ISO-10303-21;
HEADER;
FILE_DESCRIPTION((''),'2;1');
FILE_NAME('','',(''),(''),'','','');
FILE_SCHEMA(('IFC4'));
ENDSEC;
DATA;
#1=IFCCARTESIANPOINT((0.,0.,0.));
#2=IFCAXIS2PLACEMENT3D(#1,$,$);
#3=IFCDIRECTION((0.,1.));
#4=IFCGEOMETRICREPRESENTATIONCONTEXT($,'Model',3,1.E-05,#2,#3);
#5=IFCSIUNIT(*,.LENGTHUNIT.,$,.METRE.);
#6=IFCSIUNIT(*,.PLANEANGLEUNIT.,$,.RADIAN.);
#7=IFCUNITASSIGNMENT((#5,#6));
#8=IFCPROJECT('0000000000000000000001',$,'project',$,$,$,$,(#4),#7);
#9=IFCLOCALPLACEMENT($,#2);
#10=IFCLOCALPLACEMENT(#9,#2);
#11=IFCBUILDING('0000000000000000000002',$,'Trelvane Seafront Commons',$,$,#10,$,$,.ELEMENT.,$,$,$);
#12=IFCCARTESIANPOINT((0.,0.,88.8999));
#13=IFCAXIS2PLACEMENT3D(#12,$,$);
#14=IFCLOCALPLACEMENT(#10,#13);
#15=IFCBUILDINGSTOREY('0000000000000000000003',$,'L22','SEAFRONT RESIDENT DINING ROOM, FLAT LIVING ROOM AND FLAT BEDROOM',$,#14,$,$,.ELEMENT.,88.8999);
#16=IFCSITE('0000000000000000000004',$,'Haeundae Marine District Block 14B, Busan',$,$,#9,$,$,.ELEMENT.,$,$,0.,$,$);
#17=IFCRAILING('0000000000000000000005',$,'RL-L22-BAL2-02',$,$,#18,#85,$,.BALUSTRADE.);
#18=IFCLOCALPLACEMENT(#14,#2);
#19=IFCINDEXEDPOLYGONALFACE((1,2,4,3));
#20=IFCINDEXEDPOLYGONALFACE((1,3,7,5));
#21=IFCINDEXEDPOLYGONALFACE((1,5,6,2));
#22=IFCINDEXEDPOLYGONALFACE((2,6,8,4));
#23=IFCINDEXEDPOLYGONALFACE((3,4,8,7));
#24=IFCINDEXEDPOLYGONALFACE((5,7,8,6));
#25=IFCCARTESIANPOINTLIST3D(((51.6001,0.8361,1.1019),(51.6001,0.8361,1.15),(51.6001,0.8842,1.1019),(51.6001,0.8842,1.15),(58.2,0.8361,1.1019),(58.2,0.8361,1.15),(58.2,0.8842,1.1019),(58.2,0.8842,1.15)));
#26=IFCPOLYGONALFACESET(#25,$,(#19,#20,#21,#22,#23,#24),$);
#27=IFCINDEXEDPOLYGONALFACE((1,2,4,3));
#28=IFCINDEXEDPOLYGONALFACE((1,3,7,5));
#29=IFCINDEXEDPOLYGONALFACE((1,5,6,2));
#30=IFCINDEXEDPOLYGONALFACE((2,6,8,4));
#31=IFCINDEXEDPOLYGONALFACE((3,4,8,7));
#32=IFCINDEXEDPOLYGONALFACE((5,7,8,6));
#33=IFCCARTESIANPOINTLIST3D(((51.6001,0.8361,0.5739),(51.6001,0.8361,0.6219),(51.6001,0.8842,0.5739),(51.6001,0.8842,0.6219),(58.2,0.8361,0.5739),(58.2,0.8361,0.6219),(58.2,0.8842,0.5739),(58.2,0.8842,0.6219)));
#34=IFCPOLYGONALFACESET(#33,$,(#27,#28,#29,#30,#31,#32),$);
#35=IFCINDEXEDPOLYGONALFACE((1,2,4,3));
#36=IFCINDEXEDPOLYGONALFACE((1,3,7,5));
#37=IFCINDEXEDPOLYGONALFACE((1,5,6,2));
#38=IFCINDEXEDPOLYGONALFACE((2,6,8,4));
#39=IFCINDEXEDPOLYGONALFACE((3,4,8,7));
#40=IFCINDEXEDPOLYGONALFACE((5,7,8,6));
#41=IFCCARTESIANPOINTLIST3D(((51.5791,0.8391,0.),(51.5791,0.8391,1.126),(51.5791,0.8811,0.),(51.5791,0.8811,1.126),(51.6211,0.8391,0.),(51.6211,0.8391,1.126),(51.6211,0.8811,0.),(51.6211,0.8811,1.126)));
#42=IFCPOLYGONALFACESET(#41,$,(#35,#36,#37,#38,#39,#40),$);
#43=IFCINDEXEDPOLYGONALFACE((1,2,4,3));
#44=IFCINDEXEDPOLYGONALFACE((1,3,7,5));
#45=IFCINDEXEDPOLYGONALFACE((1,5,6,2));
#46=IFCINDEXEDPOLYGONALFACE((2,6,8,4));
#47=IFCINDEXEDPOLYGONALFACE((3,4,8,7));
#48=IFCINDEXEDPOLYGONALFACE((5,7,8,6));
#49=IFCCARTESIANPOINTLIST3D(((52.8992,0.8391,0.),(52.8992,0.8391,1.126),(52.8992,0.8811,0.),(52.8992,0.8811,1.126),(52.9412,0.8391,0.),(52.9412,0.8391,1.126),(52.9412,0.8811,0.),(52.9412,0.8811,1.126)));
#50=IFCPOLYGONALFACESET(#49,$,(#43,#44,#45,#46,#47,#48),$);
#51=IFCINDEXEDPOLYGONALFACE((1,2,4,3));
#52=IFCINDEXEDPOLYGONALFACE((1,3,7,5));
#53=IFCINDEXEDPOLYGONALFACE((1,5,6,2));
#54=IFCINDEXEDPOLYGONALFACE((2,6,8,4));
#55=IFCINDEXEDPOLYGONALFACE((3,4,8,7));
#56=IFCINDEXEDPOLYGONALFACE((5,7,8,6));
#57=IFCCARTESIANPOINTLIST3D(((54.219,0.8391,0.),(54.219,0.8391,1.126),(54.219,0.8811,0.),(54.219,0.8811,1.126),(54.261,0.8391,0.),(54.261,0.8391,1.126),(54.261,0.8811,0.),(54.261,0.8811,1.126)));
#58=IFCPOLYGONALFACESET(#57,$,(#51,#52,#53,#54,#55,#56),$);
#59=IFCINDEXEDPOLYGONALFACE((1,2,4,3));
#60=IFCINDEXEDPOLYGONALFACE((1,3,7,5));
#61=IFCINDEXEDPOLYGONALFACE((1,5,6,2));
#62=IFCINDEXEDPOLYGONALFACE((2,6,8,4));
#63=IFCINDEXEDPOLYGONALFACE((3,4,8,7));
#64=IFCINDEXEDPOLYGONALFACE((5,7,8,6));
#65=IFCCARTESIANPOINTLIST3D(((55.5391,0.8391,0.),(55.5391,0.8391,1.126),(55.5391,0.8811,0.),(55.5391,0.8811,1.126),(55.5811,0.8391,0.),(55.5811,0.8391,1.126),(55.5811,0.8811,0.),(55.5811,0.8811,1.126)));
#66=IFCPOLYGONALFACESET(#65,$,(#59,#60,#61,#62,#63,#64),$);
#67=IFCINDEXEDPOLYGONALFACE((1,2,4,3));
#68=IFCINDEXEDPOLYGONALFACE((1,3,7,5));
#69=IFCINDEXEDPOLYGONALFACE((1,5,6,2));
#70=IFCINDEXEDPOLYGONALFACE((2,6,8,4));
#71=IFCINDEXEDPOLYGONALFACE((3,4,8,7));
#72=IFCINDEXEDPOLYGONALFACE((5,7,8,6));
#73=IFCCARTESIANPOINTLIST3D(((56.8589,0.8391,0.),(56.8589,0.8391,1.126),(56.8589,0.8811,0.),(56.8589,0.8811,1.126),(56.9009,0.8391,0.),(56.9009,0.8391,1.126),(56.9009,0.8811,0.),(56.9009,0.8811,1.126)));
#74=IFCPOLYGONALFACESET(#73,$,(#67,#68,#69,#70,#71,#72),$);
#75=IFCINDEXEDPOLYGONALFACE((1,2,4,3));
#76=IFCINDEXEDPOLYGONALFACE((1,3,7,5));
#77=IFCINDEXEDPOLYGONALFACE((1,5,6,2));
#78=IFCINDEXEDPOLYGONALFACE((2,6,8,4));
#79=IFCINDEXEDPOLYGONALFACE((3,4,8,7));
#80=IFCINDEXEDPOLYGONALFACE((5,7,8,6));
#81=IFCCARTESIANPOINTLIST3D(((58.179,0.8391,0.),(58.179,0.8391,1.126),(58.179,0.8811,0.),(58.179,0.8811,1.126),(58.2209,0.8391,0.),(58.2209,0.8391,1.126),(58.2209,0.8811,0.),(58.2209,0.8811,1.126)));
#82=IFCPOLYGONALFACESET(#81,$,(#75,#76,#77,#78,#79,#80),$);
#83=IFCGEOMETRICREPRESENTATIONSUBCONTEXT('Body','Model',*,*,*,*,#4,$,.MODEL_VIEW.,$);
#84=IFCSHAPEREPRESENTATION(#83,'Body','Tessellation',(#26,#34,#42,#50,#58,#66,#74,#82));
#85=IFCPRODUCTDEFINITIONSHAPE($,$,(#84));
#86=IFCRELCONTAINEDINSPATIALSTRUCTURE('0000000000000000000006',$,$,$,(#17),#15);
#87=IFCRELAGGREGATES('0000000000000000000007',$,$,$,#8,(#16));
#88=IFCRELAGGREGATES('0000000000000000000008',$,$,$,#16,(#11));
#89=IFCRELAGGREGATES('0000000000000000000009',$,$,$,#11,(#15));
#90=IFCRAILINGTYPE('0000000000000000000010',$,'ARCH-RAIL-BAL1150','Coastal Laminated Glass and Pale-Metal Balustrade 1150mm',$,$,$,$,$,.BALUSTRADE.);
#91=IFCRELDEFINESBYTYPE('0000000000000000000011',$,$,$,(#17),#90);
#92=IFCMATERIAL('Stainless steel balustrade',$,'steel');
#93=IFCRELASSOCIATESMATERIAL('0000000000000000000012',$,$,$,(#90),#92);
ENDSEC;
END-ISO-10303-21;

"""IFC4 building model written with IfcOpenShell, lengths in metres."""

from ifc_helpers import new_model, si_unit, direction, frame, origin, origin_2d, place, context, subcontext, project, spatial, rectangle, extrude, material, type_object, element, save


model = new_model("IFC4")

# Units and contexts
model_context = context("Model", 3, precision=1e-05, world=origin(), true_north=direction((0.0, 1.0)))
body_context = subcontext(model_context, "Body", "Model", "MODEL_VIEW")
ifc_project = project(units=[si_unit("LENGTHUNIT", "METRE"), si_unit("PLANEANGLEUNIT", "RADIAN")], contexts=[model_context])

# Site, building, storey
site_placement = place(None, origin())
site = spatial("IfcSite", under=ifc_project, at=site_placement, Name="Haeundae Marine District Block 14B, Busan", CompositionType="ELEMENT", RefElevation=0.0)
building_placement = place(site_placement, origin())
building = spatial("IfcBuilding", under=site, at=building_placement, Name="Trelvane Seafront Commons", CompositionType="ELEMENT")
storey_placement = place(building_placement, frame((0.0, 0.0, 88.8999)))
storey = spatial("IfcBuildingStorey", under=building, at=storey_placement, Name="L22", Description="SEAFRONT RESIDENT DINING ROOM, FLAT LIVING ROOM AND FLAT BEDROOM", CompositionType="ELEMENT", Elevation=88.8999)

# Railing
ifc_material_1 = material(Name="Stainless steel balustrade", Category="steel")
railing_type = type_object("IfcRailingType", Name="ARCH-RAIL-BAL1150", Description="Coastal Laminated Glass and Pale-Metal Balustrade 1150mm", PredefinedType="BALUSTRADE", material=ifc_material_1)
railing_1_placement = place(storey_placement, frame((51.6001, 0.8601, 0.0)))
element("IfcRailing", 1, at=railing_1_placement, inside=storey, type_object=railing_type, Name="RL-L22-BAL2-02", PredefinedType="BALUSTRADE", context=body_context, shape_type="SweptSolid", body=[
    extrude(rectangle(XDim=0.0481, YDim=0.0481, at=origin_2d()), frame((0.0, 0.0, 1.126), z_axis=(1.0, 0.0, 0.0), x_axis=(0.0, 1.0, 0.0)), (0.0, 0.0, 1.0), 6.5999),
    extrude(rectangle(XDim=0.0481, YDim=0.0481, at=origin_2d()), frame((0.0, 0.0, 0.5979), z_axis=(1.0, 0.0, 0.0), x_axis=(0.0, 1.0, 0.0)), (0.0, 0.0, 1.0), 6.5999),
    extrude(rectangle(XDim=0.042, YDim=0.042, at=origin_2d()), origin(), (0.0, 0.0, 1.0), 1.126),
    extrude(rectangle(XDim=0.042, YDim=0.042, at=origin_2d()), frame((1.3201, 0.0, 0.0)), (0.0, 0.0, 1.0), 1.126),
    extrude(rectangle(XDim=0.042, YDim=0.042, at=origin_2d()), frame((2.6399, 0.0, 0.0)), (0.0, 0.0, 1.0), 1.126),
    extrude(rectangle(XDim=0.042, YDim=0.042, at=origin_2d()), frame((3.96, 0.0, 0.0)), (0.0, 0.0, 1.0), 1.126),
    extrude(rectangle(XDim=0.042, YDim=0.042, at=origin_2d()), frame((5.2798, 0.0, 0.0)), (0.0, 0.0, 1.0), 1.126),
    extrude(rectangle(XDim=0.042, YDim=0.042, at=origin_2d()), frame((6.5999, 0.0, 0.0)), (0.0, 0.0, 1.0), 1.126),
])

save(model, "model.ifc")
